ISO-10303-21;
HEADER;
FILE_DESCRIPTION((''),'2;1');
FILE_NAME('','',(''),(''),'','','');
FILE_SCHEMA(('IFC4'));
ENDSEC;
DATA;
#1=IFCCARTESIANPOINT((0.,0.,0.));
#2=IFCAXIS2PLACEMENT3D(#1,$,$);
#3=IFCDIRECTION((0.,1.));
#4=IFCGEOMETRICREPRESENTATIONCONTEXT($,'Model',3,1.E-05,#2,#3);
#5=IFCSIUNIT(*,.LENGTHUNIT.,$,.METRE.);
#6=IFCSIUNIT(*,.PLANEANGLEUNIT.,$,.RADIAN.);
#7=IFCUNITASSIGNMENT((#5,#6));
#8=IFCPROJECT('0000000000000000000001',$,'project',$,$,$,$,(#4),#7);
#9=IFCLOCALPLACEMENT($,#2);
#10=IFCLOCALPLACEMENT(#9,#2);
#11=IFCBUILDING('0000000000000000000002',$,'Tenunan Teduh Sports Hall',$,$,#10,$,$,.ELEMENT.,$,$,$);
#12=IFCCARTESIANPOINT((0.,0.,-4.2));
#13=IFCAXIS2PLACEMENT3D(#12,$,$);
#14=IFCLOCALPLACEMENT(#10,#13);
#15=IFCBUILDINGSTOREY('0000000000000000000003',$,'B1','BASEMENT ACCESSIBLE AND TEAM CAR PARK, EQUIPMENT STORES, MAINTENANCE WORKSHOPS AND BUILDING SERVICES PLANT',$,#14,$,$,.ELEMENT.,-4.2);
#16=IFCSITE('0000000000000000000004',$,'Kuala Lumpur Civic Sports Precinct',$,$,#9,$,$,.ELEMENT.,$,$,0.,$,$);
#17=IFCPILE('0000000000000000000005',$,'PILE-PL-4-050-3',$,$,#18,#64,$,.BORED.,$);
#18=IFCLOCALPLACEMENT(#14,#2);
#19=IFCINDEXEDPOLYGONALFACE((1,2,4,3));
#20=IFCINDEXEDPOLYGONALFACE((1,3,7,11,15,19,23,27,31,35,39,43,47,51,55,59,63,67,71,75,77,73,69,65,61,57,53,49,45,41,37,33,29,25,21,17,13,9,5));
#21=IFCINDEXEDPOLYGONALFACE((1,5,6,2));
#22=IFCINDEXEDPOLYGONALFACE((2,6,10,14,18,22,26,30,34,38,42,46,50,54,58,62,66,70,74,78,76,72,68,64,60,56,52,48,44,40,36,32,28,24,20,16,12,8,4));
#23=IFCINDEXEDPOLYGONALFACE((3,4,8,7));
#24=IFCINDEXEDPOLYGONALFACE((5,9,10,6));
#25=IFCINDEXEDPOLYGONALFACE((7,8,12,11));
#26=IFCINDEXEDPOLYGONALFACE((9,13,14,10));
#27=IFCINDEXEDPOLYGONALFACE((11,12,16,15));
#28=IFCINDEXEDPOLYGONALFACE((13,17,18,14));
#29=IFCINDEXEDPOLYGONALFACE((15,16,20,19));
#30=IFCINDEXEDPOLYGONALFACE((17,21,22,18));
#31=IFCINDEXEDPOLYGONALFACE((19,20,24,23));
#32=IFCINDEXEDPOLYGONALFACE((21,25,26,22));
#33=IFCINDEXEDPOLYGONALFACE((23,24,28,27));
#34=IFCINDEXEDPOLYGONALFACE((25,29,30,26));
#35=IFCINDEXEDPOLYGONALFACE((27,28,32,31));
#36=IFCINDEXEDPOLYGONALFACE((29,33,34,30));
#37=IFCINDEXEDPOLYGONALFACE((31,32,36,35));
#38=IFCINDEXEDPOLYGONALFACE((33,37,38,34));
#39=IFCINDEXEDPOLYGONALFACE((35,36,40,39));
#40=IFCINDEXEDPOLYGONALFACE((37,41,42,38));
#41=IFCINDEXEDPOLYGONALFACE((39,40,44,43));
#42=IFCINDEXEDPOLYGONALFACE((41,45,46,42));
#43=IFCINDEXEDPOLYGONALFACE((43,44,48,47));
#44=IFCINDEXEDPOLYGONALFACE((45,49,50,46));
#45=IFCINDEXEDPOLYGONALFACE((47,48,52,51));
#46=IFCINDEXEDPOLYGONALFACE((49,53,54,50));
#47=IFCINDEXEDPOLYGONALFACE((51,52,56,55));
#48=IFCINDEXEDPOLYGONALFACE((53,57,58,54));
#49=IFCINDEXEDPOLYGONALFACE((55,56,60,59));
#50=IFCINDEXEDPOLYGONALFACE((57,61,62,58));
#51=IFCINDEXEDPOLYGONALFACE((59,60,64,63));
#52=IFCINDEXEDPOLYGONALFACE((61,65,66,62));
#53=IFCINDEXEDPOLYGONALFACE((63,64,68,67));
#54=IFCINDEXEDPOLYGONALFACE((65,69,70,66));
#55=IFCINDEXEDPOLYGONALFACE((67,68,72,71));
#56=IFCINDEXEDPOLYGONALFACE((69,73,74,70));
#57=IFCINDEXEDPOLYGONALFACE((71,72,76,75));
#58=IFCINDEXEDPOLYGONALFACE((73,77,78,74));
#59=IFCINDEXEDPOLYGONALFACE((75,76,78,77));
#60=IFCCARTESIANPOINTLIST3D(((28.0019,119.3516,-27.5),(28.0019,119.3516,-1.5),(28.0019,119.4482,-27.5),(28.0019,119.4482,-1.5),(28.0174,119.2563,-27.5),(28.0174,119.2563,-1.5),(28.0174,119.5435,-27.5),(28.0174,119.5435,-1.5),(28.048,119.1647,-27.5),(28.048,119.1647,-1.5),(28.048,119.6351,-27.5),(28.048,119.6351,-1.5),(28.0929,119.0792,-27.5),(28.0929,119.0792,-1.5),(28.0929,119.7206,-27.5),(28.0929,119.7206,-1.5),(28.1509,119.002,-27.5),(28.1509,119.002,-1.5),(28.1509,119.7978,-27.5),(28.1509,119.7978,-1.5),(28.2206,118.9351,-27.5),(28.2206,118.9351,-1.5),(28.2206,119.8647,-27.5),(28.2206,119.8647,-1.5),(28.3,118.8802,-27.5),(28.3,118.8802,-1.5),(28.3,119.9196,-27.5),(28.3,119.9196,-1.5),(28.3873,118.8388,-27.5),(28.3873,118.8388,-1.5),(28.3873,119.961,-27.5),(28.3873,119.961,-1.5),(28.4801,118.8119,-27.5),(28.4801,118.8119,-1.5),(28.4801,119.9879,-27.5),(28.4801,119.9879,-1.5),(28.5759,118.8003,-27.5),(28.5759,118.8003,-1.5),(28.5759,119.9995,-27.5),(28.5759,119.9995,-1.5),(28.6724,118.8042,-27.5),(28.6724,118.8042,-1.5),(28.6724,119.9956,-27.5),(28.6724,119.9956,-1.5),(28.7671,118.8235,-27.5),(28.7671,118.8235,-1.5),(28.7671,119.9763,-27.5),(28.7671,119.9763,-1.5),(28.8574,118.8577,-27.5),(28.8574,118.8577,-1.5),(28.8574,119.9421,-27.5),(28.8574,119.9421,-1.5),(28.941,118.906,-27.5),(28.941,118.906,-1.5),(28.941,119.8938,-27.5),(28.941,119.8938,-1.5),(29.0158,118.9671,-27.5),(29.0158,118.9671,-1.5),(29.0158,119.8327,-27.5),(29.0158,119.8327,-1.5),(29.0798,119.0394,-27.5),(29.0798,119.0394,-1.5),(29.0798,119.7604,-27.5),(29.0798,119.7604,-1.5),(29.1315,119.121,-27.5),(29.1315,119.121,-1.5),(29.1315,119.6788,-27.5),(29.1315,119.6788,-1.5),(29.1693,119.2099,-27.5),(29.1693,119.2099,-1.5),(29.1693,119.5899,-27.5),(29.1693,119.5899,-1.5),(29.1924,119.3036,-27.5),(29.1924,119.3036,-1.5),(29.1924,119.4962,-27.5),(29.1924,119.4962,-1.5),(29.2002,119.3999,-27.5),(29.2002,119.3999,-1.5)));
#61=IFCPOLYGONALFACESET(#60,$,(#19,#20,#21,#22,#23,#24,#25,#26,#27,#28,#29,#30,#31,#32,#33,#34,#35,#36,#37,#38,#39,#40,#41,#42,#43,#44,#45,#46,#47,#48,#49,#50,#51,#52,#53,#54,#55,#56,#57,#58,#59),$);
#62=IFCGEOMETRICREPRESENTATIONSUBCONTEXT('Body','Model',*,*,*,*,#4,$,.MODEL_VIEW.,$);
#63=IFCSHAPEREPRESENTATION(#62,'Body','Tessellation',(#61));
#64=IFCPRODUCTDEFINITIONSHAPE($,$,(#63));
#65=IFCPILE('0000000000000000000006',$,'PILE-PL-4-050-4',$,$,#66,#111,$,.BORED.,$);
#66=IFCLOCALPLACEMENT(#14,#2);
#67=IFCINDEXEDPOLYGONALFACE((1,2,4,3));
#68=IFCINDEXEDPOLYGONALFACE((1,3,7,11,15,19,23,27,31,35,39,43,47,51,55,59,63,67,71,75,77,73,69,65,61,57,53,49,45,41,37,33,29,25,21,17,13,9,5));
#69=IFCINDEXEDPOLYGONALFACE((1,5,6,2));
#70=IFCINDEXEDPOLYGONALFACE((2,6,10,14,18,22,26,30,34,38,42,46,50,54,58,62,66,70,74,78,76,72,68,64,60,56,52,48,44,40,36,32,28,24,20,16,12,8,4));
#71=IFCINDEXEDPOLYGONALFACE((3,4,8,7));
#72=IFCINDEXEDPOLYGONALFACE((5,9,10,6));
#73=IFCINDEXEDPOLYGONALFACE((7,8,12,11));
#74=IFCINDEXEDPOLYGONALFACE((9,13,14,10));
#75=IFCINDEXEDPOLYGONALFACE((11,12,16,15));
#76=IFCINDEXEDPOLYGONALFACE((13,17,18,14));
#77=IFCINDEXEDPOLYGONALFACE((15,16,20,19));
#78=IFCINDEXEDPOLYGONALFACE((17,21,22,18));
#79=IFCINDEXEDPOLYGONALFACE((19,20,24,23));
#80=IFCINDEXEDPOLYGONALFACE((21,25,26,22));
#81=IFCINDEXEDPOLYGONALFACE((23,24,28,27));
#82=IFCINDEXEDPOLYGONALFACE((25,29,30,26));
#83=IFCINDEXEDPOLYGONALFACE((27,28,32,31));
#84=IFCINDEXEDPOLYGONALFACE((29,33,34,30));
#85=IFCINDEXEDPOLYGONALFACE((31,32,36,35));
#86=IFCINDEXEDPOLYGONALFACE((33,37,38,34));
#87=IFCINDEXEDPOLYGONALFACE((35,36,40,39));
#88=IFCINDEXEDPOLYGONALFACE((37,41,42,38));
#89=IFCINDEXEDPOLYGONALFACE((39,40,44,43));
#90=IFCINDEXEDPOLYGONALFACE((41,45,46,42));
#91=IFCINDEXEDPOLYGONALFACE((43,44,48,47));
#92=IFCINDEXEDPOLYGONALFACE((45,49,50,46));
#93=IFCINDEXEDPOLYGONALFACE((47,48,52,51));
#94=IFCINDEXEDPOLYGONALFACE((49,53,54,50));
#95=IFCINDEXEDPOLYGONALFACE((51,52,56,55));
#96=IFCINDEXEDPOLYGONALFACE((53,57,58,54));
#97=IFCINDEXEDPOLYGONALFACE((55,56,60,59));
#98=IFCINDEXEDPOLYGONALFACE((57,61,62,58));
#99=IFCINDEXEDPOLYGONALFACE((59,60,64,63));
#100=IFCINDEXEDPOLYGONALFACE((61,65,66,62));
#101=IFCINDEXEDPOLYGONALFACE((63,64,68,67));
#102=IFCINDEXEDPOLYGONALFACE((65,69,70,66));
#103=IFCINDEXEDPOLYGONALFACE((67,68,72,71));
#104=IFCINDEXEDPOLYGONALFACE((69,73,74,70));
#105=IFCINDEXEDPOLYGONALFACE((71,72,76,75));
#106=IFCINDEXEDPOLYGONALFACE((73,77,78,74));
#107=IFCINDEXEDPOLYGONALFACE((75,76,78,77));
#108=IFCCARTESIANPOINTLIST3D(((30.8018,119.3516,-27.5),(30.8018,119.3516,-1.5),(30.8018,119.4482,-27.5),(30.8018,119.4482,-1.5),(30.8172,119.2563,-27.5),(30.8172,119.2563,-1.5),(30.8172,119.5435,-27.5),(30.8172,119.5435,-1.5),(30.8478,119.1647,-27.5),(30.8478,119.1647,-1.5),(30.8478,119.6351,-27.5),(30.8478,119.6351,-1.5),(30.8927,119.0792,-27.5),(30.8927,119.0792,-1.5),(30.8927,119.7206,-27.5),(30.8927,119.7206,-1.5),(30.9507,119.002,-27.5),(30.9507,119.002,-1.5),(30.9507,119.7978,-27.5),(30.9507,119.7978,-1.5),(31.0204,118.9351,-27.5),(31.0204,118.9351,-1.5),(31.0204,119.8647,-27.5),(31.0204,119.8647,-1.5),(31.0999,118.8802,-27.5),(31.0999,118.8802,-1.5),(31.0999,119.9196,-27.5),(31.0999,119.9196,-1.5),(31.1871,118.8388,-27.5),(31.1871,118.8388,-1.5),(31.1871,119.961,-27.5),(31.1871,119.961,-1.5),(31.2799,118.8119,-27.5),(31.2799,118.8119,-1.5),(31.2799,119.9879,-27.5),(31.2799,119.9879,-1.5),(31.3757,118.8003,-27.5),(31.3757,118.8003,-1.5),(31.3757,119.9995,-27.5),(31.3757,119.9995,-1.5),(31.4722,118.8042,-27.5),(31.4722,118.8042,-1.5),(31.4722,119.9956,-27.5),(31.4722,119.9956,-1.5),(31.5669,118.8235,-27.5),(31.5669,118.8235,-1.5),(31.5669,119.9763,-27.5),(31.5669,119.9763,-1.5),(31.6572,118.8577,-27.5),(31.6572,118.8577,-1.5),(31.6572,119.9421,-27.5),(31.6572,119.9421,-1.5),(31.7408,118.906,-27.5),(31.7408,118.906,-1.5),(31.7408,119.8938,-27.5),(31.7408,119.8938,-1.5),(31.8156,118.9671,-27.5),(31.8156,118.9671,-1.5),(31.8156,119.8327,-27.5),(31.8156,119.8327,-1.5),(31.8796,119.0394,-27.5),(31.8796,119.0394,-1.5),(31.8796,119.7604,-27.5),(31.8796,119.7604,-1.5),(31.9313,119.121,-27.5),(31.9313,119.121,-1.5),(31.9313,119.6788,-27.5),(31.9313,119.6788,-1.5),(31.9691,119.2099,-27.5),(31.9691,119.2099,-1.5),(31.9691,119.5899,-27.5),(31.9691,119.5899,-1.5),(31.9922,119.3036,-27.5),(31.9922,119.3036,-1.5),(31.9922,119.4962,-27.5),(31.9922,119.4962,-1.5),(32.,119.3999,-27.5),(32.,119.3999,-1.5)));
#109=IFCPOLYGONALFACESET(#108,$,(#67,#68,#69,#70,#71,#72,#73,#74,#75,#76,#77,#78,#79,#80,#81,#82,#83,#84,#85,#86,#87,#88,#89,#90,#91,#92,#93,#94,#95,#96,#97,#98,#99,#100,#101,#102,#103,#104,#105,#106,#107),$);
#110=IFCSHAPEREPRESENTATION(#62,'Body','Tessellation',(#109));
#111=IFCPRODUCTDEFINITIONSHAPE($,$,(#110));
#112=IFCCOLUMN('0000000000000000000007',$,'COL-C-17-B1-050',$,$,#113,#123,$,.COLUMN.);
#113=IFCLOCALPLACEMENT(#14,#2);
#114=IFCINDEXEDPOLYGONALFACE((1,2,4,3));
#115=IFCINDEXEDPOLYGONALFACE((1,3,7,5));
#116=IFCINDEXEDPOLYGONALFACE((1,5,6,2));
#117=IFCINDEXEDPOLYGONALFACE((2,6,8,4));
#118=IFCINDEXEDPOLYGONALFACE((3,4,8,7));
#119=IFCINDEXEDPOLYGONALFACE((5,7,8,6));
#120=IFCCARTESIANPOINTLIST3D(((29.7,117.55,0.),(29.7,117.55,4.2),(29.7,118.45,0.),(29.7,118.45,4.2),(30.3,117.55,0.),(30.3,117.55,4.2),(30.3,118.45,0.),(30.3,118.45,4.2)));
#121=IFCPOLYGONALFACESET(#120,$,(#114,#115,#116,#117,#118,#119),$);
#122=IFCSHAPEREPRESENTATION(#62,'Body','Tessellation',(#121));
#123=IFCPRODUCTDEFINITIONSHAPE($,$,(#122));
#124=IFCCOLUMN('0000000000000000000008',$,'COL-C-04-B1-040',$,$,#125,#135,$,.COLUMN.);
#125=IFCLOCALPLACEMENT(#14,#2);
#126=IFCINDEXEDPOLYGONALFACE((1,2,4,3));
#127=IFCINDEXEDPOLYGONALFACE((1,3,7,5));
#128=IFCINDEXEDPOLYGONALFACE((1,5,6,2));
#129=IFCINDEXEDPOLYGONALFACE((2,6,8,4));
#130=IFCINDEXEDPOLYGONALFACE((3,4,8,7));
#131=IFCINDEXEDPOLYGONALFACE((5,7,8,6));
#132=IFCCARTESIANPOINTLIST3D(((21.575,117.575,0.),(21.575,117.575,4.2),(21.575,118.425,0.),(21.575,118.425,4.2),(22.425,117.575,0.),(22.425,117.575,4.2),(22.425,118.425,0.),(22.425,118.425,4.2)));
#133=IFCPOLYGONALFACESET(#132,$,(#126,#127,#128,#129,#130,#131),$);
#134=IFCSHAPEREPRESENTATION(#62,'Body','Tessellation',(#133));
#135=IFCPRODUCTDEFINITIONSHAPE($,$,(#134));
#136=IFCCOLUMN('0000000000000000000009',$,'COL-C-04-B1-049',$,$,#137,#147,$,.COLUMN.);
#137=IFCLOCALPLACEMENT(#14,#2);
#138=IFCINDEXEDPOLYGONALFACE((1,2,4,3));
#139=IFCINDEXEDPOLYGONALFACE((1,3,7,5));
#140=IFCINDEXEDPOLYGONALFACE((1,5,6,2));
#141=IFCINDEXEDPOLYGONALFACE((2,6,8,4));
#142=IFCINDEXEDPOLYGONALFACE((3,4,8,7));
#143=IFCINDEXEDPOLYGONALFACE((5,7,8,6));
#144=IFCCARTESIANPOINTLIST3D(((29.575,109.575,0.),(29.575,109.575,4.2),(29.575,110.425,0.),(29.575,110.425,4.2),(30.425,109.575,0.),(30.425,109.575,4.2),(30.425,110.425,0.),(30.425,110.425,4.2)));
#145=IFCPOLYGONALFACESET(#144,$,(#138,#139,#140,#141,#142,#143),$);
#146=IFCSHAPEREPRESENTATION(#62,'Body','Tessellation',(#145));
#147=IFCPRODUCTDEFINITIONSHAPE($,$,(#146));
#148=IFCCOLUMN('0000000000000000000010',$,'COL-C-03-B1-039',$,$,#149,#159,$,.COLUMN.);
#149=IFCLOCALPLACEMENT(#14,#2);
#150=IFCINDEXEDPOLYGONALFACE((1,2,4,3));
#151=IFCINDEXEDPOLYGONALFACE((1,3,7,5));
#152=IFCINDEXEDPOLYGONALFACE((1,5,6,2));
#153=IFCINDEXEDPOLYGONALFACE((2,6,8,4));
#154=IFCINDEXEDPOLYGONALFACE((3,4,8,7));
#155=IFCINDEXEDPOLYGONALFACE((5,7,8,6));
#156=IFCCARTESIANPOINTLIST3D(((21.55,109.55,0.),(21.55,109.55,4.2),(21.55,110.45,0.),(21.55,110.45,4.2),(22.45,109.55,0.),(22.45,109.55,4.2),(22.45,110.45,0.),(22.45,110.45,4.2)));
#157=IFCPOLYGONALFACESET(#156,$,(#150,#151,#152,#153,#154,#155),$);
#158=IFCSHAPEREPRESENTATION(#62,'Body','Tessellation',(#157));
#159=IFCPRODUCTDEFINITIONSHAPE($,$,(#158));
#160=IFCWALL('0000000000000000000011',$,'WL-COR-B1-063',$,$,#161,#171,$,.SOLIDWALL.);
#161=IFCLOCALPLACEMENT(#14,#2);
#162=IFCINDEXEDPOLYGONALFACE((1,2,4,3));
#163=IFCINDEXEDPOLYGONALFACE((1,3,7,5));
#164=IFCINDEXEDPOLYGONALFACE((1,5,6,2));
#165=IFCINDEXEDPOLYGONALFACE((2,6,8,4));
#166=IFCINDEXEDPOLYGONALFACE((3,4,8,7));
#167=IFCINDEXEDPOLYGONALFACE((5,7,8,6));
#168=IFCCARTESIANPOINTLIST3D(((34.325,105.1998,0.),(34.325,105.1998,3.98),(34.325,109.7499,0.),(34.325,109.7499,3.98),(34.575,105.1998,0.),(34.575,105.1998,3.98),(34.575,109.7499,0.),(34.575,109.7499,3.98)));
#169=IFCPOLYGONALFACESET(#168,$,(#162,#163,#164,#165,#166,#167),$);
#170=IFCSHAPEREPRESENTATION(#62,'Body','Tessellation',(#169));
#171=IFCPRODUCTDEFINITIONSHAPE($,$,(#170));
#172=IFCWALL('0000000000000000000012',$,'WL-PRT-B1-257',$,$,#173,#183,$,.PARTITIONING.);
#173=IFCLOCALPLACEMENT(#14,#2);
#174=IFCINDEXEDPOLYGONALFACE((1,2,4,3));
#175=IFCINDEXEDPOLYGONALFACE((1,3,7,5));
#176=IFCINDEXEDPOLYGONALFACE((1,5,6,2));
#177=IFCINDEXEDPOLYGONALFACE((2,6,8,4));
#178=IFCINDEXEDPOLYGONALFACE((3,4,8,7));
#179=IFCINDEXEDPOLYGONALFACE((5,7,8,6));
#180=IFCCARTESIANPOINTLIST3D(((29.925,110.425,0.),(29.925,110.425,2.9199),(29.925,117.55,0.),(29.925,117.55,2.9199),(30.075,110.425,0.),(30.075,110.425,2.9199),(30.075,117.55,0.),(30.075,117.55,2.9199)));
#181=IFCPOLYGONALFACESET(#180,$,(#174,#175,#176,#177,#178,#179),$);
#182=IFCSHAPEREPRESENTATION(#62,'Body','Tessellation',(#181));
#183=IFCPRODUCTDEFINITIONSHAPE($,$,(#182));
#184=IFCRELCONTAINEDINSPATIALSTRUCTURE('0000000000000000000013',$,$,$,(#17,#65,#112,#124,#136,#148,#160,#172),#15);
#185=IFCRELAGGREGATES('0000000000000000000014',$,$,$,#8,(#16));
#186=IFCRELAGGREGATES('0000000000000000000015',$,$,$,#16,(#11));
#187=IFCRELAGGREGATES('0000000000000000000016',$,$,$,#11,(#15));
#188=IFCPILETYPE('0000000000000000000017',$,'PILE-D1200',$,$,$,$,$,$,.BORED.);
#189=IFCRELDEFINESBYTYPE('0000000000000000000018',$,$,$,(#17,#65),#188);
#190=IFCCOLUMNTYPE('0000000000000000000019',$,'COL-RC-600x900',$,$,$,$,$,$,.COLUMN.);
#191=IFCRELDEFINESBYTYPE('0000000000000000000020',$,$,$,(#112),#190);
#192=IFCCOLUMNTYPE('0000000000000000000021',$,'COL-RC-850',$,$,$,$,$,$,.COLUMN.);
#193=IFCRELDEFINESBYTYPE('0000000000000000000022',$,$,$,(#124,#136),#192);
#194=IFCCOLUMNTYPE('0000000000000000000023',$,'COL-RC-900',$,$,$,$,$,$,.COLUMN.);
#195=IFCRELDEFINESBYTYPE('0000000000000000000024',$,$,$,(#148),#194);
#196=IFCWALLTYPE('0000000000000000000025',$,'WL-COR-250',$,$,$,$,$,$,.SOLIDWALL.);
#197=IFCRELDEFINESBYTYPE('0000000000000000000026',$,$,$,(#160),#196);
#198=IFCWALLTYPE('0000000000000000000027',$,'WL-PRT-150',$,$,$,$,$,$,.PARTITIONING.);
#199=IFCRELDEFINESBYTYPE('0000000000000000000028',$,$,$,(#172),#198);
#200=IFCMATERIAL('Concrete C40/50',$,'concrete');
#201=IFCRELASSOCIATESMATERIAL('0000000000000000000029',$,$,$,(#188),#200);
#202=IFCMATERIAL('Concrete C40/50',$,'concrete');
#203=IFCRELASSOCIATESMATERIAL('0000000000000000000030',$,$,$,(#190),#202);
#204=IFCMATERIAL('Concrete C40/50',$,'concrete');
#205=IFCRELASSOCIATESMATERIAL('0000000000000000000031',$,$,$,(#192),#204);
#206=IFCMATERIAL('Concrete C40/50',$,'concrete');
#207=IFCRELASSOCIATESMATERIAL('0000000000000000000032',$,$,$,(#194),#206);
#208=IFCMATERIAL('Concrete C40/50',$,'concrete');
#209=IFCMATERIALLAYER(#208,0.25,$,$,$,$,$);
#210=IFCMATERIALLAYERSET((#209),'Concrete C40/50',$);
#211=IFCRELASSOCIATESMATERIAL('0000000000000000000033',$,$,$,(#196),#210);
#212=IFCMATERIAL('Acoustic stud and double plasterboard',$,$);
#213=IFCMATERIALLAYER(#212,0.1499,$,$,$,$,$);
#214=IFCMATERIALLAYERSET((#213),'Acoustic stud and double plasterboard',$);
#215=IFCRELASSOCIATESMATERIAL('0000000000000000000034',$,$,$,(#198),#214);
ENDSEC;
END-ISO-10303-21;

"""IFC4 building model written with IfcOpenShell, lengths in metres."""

from ifc_helpers import new_model, si_unit, direction, frame, frame_2d, origin, origin_2d, place, context, subcontext, project, spatial, rectangle, circle, extrude, material, layer, layer_set, material_profile, profile_set, type_object, element, save


model = new_model("IFC4")

# Units and contexts
model_context = context("Model", 3, precision=1e-05, world=origin(), true_north=direction((0.0, 1.0)))
body_context = subcontext(model_context, "Body", "Model", "MODEL_VIEW")
ifc_project = project(units=[si_unit("LENGTHUNIT", "METRE"), si_unit("PLANEANGLEUNIT", "RADIAN")], contexts=[model_context])

# Site, building, storey
site_placement = place(None, origin())
site = spatial("IfcSite", under=ifc_project, at=site_placement, Name="Kuala Lumpur Civic Sports Precinct", CompositionType="ELEMENT", RefElevation=0.0)
building_placement = place(site_placement, origin())
building = spatial("IfcBuilding", under=site, at=building_placement, Name="Tenunan Teduh Sports Hall", CompositionType="ELEMENT")
storey_placement = place(building_placement, frame((0.0, 0.0, -4.2)))
storey = spatial("IfcBuildingStorey", under=building, at=storey_placement, Name="B1", Description="BASEMENT ACCESSIBLE AND TEAM CAR PARK, EQUIPMENT STORES, MAINTENANCE WORKSHOPS AND BUILDING SERVICES PLANT", CompositionType="ELEMENT", Elevation=-4.2)

# Piles
ifc_material_1 = material(Name="Concrete C40/50", Category="concrete")
ifc_material_profile_1 = material_profile(ifc_material_1, circle(Radius=0.6001, at=origin_2d()), Name="PILE D1200")
ifc_profile_set_1 = profile_set([ifc_material_profile_1], Name="Concrete C40/50")
pile_type = type_object("IfcPileType", Name="PILE-D1200", PredefinedType="BORED", material=ifc_profile_set_1)
for number, where, z_axis, x_axis, name in (
    (1, (28.6001, 119.3999, -1.5), (0.0, 0.0, -1.0), (1.0, 0.0, 0.0), "PILE-PL-4-050-3"),
    (2, (31.3999, 119.3999, -1.5), (0.0, 0.0, -1.0), (1.0, 0.0, 0.0), "PILE-PL-4-050-4"),
):
    element("IfcPile", number, at=place(storey_placement, frame(where, z_axis=z_axis, x_axis=x_axis)), inside=storey, type_object=pile_type, Name=name, PredefinedType="BORED", context=body_context, shape_type="SweptSolid", body=[
        extrude(circle(Radius=0.6001, at=origin_2d()), origin(), (0.0, 0.0, 1.0), 26.0),
    ])

# Columns
ifc_material_2 = material(Name="Concrete C40/50", Category="concrete")
ifc_material_profile_2 = material_profile(ifc_material_2, rectangle(XDim=0.6001, YDim=0.8999, at=origin_2d()), Name="RC 600x900")
ifc_profile_set_2 = profile_set([ifc_material_profile_2], Name="Concrete C40/50")
column_type_1 = type_object("IfcColumnType", Name="COL-RC-600x900", PredefinedType="COLUMN", material=ifc_profile_set_2)
column_1_placement = place(storey_placement, frame((30.0, 118.0, 0.0), z_axis=(0.0, 0.0, 1.0), x_axis=(1.0, 0.0, 0.0)))
element("IfcColumn", 3, at=column_1_placement, inside=storey, type_object=column_type_1, Name="COL-C-17-B1-050", PredefinedType="COLUMN", context=body_context, shape_type="SweptSolid", body=[
    extrude(rectangle(XDim=0.6001, YDim=0.8999, at=origin_2d()), origin(), (0.0, 0.0, 1.0), 4.2),
])
ifc_material_3 = material(Name="Concrete C40/50", Category="concrete")
ifc_material_profile_3 = material_profile(ifc_material_3, rectangle(XDim=0.8501, YDim=0.8501, at=origin_2d()), Name="RC 850x850")
ifc_profile_set_3 = profile_set([ifc_material_profile_3], Name="Concrete C40/50")
column_type_2 = type_object("IfcColumnType", Name="COL-RC-850", PredefinedType="COLUMN", material=ifc_profile_set_3)
for number, where, z_axis, x_axis, name in (
    (4, (22.0, 118.0, 0.0), (0.0, 0.0, 1.0), (1.0, 0.0, 0.0), "COL-C-04-B1-040"),
    (5, (30.0, 110.0, 0.0), (0.0, 0.0, 1.0), (1.0, 0.0, 0.0), "COL-C-04-B1-049"),
):
    element("IfcColumn", number, at=place(storey_placement, frame(where, z_axis=z_axis, x_axis=x_axis)), inside=storey, type_object=column_type_2, Name=name, PredefinedType="COLUMN", context=body_context, shape_type="SweptSolid", body=[
        extrude(rectangle(XDim=0.8501, YDim=0.8501, at=origin_2d()), origin(), (0.0, 0.0, 1.0), 4.2),
    ])
ifc_material_4 = material(Name="Concrete C40/50", Category="concrete")
ifc_material_profile_4 = material_profile(ifc_material_4, rectangle(XDim=0.8999, YDim=0.8999, at=origin_2d()), Name="RC 900x900")
ifc_profile_set_4 = profile_set([ifc_material_profile_4], Name="Concrete C40/50")
column_type_3 = type_object("IfcColumnType", Name="COL-RC-900", PredefinedType="COLUMN", material=ifc_profile_set_4)
column_2_placement = place(storey_placement, frame((22.0, 110.0, 0.0), z_axis=(0.0, 0.0, 1.0), x_axis=(1.0, 0.0, 0.0)))
element("IfcColumn", 6, at=column_2_placement, inside=storey, type_object=column_type_3, Name="COL-C-03-B1-039", PredefinedType="COLUMN", context=body_context, shape_type="SweptSolid", body=[
    extrude(rectangle(XDim=0.8999, YDim=0.8999, at=origin_2d()), origin(), (0.0, 0.0, 1.0), 4.2),
])

# Walls
ifc_material_5 = material(Name="Concrete C40/50", Category="concrete")
ifc_layer_1 = layer(ifc_material_5, 0.25)
ifc_layer_set_1 = layer_set([ifc_layer_1], Name="Concrete C40/50")
wall_type_1 = type_object("IfcWallType", Name="WL-COR-250", PredefinedType="SOLIDWALL", material=ifc_layer_set_1)
wall_1_placement = place(storey_placement, frame((34.45, 105.2, 0.0), z_axis=(0.0, 0.0, 1.0), x_axis=(0.0, 1.0, 0.0)))
element("IfcWall", 7, at=wall_1_placement, inside=storey, type_object=wall_type_1, Name="WL-COR-B1-063", PredefinedType="SOLIDWALL", context=body_context, shape_type="SweptSolid", body=[
    extrude(rectangle(XDim=4.55, YDim=0.25, at=frame_2d((2.2749, 0.0))), origin(), (0.0, 0.0, 1.0), 3.98),
])
ifc_material_6 = material(Name="Acoustic stud and double plasterboard")
ifc_layer_2 = layer(ifc_material_6, 0.1499)
ifc_layer_set_2 = layer_set([ifc_layer_2], Name="Acoustic stud and double plasterboard")
wall_type_2 = type_object("IfcWallType", Name="WL-PRT-150", PredefinedType="PARTITIONING", material=ifc_layer_set_2)
wall_2_placement = place(storey_placement, frame((30.0, 110.425, 0.0), z_axis=(0.0, 0.0, 1.0), x_axis=(0.0, 1.0, 0.0)))
element("IfcWall", 8, at=wall_2_placement, inside=storey, type_object=wall_type_2, Name="WL-PRT-B1-257", PredefinedType="PARTITIONING", context=body_context, shape_type="SweptSolid", body=[
    extrude(rectangle(XDim=7.125, YDim=0.1499, at=frame_2d((3.5625, 0.0))), origin(), (0.0, 0.0, 1.0), 2.9199),
])

save(model, "model.ifc")
